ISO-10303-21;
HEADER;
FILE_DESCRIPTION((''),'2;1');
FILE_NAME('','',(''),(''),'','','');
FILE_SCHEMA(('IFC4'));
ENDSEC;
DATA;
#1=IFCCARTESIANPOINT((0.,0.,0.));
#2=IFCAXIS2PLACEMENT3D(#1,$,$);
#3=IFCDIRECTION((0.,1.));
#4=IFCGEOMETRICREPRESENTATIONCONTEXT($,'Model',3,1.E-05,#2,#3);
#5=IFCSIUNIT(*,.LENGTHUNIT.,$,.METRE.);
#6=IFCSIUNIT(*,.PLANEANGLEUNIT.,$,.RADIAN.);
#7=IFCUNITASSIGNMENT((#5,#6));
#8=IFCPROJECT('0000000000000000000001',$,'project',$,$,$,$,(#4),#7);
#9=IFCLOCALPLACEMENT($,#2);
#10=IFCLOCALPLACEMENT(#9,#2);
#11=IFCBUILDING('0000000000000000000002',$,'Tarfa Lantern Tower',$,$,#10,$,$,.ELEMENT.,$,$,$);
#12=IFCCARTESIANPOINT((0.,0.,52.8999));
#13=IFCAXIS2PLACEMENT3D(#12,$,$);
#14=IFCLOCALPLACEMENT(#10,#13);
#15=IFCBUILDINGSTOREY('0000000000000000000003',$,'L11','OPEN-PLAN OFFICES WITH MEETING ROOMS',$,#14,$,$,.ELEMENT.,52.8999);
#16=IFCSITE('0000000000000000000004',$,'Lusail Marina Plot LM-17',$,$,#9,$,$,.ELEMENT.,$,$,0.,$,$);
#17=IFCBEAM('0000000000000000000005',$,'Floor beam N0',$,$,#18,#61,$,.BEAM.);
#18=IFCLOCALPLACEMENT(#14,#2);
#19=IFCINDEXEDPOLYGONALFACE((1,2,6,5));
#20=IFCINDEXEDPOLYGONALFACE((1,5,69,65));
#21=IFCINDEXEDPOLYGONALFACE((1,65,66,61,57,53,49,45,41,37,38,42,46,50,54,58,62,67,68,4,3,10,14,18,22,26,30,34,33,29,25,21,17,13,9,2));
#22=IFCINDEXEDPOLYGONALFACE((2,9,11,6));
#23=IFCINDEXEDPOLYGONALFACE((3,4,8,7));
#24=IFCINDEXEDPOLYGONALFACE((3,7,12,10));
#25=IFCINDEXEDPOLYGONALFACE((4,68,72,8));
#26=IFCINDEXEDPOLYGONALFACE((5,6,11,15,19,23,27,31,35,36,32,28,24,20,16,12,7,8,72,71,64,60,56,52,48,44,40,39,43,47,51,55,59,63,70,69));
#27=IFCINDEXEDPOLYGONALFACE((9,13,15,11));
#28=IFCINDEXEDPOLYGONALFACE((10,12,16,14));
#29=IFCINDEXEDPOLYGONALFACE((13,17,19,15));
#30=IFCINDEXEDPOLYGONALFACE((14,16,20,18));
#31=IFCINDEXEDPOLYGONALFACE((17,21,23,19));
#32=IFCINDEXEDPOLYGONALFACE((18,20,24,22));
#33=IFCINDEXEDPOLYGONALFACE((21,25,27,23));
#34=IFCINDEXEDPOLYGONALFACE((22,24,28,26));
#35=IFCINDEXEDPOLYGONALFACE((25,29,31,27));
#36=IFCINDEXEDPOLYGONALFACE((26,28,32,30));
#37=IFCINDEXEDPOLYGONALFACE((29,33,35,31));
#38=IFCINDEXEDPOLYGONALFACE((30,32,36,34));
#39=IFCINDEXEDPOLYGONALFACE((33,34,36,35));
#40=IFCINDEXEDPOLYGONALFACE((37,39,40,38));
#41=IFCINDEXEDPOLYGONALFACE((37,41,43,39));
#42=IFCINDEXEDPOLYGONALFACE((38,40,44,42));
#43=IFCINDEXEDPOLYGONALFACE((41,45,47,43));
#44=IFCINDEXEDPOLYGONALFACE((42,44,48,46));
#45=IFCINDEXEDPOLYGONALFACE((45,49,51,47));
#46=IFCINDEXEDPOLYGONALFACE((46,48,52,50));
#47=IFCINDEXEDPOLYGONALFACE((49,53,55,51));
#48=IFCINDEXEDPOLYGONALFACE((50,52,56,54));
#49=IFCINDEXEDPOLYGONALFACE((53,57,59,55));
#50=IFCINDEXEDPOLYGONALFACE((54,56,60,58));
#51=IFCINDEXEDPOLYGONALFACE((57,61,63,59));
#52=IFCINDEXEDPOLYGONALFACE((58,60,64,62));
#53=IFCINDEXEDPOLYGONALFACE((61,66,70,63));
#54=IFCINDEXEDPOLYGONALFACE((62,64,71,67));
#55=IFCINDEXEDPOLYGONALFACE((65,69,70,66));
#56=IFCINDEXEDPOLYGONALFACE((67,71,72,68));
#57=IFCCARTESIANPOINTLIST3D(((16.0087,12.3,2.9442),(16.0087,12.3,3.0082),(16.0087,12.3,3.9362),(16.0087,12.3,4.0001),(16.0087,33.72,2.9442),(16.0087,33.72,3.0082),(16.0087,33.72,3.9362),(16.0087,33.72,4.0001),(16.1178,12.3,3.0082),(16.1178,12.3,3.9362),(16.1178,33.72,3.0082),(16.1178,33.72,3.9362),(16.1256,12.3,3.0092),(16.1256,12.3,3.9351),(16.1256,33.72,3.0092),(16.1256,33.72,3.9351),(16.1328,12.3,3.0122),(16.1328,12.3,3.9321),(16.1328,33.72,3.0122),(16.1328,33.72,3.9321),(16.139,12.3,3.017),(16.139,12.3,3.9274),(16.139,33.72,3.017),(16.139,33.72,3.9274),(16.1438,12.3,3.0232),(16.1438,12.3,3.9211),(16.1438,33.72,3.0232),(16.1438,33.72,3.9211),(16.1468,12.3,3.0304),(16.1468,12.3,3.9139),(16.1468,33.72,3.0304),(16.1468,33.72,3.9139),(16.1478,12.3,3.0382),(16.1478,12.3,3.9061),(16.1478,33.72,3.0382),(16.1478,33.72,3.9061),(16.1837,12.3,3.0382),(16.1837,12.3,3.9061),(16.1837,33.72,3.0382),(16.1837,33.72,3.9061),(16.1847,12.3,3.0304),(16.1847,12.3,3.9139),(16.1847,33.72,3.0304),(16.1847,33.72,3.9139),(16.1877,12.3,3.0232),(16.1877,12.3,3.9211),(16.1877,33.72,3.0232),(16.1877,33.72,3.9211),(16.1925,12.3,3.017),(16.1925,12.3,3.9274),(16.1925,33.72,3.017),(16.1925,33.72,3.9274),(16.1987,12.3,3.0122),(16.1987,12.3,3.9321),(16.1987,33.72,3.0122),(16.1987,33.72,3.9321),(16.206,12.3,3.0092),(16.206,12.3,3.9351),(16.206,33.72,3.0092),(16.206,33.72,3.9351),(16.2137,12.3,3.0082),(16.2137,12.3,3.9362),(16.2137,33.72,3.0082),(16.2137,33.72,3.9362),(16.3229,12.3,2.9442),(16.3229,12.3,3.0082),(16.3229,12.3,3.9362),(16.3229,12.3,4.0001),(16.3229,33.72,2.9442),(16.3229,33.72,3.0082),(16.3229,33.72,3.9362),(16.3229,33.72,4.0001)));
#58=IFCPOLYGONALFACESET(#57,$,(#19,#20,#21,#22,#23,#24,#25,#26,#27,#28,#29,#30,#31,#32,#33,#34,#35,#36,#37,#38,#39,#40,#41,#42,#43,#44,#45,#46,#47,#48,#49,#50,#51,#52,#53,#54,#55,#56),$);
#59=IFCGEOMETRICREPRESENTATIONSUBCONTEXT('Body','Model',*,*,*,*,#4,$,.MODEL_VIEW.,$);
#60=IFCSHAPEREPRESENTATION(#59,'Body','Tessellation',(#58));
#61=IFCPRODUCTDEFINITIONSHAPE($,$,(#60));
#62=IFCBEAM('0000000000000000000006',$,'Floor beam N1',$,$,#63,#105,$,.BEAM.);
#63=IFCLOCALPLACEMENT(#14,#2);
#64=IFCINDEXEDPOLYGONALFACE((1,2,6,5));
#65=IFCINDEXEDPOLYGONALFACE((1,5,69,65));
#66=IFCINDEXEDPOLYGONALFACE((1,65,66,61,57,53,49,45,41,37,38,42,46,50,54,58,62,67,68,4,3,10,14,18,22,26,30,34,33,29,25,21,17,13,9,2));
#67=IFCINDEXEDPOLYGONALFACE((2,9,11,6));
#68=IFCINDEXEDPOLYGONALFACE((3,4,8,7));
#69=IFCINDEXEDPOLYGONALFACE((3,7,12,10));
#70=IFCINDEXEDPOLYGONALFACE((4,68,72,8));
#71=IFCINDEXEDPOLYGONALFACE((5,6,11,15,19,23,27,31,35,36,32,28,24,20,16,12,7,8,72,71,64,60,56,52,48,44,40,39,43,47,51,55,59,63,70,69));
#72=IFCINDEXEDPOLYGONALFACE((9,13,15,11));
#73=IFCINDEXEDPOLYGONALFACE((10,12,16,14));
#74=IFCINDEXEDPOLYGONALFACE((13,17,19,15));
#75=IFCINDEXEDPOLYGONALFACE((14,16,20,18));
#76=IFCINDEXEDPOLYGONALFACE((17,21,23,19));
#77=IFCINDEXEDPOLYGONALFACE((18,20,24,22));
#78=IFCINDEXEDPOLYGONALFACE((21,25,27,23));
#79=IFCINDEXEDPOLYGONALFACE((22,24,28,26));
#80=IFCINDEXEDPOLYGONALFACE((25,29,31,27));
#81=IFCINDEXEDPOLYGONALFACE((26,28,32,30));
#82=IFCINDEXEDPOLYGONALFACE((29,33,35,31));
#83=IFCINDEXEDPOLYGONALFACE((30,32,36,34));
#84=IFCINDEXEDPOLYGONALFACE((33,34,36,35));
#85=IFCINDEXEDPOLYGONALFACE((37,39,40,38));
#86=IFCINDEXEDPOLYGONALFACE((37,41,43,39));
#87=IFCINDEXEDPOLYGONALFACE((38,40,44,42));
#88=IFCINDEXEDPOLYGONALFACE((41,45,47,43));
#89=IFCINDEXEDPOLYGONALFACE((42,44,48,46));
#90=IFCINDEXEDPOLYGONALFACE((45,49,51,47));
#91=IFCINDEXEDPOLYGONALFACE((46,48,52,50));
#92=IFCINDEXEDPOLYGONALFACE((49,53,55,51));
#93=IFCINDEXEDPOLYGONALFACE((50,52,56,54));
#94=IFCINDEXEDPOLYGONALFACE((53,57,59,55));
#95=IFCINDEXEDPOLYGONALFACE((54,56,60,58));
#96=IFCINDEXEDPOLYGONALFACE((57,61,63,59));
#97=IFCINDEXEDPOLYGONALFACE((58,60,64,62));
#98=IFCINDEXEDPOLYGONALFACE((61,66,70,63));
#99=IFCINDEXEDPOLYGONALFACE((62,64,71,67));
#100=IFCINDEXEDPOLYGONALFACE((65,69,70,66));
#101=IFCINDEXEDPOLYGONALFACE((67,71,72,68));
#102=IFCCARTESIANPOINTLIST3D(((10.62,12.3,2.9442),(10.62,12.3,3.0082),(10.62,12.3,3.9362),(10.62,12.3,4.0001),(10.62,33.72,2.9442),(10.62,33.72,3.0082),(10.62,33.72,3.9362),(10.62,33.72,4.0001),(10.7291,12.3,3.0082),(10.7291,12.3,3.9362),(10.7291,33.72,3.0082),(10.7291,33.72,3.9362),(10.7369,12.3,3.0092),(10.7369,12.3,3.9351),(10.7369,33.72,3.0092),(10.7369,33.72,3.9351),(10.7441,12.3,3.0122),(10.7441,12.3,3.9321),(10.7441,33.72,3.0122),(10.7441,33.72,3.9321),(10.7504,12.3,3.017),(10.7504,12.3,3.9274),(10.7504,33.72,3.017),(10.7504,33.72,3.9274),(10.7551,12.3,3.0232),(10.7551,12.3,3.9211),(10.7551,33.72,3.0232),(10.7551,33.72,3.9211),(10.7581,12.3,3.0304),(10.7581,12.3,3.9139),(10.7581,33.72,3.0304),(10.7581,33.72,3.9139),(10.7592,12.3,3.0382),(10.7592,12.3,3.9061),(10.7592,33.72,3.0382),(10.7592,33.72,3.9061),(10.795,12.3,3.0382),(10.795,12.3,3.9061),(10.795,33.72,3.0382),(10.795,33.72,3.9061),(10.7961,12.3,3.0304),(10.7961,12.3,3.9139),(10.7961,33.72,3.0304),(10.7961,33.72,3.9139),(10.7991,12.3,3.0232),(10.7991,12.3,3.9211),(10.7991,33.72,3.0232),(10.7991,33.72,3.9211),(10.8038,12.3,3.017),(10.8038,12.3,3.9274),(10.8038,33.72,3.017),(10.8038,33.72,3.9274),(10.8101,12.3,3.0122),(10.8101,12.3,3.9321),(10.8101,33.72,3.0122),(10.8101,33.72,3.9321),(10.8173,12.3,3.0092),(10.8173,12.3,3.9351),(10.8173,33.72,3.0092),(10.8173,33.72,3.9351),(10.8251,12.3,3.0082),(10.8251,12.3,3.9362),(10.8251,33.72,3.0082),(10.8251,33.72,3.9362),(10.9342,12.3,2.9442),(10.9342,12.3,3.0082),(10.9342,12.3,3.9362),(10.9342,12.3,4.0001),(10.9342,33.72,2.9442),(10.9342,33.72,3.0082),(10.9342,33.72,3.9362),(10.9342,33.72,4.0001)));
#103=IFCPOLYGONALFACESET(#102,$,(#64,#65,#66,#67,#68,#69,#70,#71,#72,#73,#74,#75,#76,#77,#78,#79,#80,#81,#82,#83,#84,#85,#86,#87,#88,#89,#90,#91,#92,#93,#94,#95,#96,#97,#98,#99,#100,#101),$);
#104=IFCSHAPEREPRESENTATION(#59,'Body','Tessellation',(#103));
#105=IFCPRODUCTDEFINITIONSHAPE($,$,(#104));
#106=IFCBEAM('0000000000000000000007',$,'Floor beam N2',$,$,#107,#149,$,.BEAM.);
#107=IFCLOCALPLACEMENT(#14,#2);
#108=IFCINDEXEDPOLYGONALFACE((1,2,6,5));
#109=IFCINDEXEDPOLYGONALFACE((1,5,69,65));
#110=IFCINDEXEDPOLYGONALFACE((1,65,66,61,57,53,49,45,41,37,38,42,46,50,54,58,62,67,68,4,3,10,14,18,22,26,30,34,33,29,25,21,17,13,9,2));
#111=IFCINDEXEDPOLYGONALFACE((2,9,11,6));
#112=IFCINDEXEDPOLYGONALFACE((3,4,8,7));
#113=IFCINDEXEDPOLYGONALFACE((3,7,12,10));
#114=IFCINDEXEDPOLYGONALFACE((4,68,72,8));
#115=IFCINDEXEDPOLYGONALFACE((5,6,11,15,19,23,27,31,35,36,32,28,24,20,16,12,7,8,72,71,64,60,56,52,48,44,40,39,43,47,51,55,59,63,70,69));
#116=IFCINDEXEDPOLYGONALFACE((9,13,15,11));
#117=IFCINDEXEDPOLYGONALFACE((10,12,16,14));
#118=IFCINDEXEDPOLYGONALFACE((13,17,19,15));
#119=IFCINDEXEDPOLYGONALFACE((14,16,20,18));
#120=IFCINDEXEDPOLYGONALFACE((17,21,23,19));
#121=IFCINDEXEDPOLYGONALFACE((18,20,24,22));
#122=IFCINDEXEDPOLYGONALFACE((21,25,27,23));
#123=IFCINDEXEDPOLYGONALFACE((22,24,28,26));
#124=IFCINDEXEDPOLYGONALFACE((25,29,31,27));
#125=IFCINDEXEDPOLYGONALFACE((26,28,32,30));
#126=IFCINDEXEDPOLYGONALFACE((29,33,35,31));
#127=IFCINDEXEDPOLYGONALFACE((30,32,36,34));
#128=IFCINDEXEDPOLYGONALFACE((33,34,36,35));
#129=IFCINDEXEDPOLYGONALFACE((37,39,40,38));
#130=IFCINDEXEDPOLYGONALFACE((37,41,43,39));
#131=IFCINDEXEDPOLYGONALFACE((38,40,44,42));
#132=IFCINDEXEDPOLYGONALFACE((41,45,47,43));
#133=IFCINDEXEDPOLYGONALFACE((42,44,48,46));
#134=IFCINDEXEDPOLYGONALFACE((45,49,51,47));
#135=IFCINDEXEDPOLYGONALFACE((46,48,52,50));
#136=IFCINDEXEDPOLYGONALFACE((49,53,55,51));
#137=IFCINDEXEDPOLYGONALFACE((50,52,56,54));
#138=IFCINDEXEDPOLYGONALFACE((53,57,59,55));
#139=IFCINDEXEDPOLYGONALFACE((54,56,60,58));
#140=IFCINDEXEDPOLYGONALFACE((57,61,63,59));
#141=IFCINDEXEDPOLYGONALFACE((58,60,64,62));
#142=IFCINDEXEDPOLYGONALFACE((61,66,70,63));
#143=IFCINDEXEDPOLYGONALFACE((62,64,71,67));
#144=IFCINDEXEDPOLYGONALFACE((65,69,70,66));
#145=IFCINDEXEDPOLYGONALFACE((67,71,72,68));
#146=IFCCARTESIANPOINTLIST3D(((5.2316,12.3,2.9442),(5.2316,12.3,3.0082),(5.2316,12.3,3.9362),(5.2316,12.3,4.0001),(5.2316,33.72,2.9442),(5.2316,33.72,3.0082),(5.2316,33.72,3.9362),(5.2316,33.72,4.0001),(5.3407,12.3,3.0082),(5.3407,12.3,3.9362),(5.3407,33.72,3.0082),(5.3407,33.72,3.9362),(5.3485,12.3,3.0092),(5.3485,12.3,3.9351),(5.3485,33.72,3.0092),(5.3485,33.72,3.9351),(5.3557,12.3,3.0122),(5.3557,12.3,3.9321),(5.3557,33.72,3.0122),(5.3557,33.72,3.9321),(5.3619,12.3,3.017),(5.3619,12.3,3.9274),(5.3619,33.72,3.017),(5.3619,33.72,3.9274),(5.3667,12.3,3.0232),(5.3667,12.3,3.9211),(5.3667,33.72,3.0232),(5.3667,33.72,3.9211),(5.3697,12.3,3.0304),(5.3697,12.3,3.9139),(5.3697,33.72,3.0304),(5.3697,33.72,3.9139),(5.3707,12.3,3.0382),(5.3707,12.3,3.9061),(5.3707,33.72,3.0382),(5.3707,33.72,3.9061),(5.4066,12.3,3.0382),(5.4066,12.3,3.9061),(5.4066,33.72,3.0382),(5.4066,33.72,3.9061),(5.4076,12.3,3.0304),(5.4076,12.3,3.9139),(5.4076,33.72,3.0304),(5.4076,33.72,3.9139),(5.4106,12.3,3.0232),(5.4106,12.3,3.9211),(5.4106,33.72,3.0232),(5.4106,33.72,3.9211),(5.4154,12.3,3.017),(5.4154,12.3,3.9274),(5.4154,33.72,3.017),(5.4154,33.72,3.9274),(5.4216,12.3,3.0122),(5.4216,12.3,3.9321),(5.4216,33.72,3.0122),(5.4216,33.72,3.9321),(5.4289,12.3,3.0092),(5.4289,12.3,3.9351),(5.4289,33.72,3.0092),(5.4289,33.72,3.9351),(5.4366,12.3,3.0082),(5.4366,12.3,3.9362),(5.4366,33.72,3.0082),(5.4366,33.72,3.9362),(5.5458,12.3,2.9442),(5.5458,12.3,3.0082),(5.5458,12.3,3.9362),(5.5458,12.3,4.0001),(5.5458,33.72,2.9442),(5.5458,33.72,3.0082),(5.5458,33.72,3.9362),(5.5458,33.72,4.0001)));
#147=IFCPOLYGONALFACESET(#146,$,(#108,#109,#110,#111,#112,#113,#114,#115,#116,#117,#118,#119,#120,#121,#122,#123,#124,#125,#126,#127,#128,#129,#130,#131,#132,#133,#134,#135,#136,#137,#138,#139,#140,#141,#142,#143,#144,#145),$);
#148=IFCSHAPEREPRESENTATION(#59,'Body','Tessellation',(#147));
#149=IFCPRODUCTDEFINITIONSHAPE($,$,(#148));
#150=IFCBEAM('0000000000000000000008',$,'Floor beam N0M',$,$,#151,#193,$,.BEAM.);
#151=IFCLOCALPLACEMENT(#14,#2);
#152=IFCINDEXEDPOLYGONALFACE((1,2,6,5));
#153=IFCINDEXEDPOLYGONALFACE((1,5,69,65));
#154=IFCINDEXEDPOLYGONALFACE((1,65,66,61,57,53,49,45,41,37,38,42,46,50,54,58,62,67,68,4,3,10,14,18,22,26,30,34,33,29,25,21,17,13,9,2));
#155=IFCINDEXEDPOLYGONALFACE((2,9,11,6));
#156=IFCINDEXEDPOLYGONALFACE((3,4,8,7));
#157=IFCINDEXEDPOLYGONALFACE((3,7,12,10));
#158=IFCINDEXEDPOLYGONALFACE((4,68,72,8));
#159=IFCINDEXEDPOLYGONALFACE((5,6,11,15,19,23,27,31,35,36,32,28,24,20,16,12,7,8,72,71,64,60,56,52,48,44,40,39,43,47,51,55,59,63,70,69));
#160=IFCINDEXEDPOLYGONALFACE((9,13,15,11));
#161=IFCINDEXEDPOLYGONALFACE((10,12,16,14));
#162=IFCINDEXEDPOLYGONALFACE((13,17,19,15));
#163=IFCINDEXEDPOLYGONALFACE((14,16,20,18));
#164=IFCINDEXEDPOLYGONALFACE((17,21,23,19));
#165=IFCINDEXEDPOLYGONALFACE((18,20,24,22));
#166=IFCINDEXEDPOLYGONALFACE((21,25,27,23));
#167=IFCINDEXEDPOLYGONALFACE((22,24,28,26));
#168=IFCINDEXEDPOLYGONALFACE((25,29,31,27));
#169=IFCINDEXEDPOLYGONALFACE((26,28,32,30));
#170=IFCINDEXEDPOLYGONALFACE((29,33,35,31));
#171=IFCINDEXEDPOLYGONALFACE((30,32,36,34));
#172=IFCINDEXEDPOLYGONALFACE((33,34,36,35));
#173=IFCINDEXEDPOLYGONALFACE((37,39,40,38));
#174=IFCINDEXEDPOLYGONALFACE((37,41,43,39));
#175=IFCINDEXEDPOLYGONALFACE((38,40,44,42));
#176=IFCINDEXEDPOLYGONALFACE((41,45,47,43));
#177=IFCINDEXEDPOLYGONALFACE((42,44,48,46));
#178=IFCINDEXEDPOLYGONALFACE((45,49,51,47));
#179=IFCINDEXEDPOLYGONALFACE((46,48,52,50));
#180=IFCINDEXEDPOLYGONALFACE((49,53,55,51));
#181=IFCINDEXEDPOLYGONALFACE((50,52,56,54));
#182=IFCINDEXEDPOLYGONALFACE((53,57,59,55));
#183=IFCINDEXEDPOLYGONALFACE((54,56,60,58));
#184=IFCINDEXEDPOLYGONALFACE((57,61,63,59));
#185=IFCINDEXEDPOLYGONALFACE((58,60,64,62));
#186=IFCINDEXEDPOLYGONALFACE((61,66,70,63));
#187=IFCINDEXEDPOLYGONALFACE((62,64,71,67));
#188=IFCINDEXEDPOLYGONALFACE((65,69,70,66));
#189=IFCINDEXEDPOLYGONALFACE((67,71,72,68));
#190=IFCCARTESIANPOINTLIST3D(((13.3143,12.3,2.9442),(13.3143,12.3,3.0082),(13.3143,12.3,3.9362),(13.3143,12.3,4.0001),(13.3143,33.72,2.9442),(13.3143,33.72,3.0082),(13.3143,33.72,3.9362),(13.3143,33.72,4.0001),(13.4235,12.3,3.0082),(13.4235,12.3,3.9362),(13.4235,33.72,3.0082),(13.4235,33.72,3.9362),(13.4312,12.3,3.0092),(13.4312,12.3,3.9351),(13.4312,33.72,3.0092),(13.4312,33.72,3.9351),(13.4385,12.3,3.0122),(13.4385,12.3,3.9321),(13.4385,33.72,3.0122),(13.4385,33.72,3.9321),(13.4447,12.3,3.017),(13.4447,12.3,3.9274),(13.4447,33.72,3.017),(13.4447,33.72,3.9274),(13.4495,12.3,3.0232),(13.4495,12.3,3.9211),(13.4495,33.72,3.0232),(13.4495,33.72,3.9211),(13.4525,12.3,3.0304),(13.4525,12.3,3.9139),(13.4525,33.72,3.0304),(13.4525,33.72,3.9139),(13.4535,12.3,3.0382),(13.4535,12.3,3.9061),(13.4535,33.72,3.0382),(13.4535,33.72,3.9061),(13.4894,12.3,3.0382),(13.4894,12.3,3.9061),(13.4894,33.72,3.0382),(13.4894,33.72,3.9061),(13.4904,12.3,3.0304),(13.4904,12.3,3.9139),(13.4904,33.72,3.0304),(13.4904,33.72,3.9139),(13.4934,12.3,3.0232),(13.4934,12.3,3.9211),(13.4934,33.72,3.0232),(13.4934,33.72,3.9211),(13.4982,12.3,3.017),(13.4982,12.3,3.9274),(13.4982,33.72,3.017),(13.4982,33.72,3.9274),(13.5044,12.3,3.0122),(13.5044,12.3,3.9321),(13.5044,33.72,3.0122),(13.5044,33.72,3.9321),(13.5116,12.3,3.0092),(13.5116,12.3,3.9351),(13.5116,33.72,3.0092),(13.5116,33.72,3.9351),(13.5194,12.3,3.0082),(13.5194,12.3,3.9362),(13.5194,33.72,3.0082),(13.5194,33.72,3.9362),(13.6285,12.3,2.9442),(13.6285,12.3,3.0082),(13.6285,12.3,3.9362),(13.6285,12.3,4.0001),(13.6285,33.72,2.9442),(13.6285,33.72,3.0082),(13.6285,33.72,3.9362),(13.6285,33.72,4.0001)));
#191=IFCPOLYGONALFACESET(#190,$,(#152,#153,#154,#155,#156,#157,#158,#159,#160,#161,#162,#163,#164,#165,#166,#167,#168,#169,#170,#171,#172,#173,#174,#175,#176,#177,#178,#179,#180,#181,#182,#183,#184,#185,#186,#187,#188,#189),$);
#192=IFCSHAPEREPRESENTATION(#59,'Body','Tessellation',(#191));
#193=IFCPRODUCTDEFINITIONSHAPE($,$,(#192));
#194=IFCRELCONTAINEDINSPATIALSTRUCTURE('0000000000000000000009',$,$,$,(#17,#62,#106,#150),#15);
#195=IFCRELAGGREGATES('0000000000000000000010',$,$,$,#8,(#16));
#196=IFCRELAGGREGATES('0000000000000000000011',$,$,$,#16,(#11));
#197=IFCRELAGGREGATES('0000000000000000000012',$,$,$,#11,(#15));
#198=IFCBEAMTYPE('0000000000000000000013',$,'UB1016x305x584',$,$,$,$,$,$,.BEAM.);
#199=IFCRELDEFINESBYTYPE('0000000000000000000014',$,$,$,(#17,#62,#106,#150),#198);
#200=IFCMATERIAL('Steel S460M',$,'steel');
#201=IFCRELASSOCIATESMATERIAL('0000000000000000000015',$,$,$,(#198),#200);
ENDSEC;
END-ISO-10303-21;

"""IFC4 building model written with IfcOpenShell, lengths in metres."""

from ifc_helpers import new_model, si_unit, direction, frame, origin, origin_2d, place, context, subcontext, project, spatial, i_section, extrude, material, material_profile, profile_set, type_object, element, save


model = new_model("IFC4")

# Units and contexts
model_context = context("Model", 3, precision=1e-05, world=origin(), true_north=direction((0.0, 1.0)))
body_context = subcontext(model_context, "Body", "Model", "MODEL_VIEW")
ifc_project = project(units=[si_unit("LENGTHUNIT", "METRE"), si_unit("PLANEANGLEUNIT", "RADIAN")], contexts=[model_context])

# Site, building, storey
site_placement = place(None, origin())
site = spatial("IfcSite", under=ifc_project, at=site_placement, Name="Lusail Marina Plot LM-17", CompositionType="ELEMENT", RefElevation=0.0)
building_placement = place(site_placement, origin())
building = spatial("IfcBuilding", under=site, at=building_placement, Name="Tarfa Lantern Tower", CompositionType="ELEMENT")
storey_placement = place(building_placement, frame((0.0, 0.0, 52.8999)))
storey = spatial("IfcBuildingStorey", under=building, at=storey_placement, Name="L11", Description="OPEN-PLAN OFFICES WITH MEETING ROOMS", CompositionType="ELEMENT", Elevation=52.8999)

# Beams
ifc_material_1 = material(Name="Steel S460M", Category="steel")
ifc_material_profile_1 = material_profile(ifc_material_1, i_section(OverallWidth=0.3142, OverallDepth=1.0559, WebThickness=0.0359, FlangeThickness=0.064, FilletRadius=0.03, at=origin_2d()), Name="UB1016x305x584")
ifc_profile_set_1 = profile_set([ifc_material_profile_1], Name="Steel S460M")
beam_type_1 = type_object("IfcBeamType", Name="UB1016x305x584", PredefinedType="BEAM", material=ifc_profile_set_1)
for number, where, z_axis, x_axis, name in (
    (1, (16.1658, 33.72, 3.4722), (0.0, -1.0, 0.0), (1.0, 0.0, 0.0), "Floor beam N0"),
    (2, (10.7771, 33.72, 3.4722), (0.0, -1.0, 0.0), (1.0, 0.0, 0.0), "Floor beam N1"),
    (3, (5.3887, 33.72, 3.4722), (0.0, -1.0, 0.0), (1.0, 0.0, 0.0), "Floor beam N2"),
    (4, (13.4714, 33.72, 3.4722), (0.0, -1.0, 0.0), (1.0, 0.0, 0.0), "Floor beam N0M"),
):
    element("IfcBeam", number, at=place(storey_placement, frame(where, z_axis=z_axis, x_axis=x_axis)), inside=storey, type_object=beam_type_1, Name=name, PredefinedType="BEAM", context=body_context, shape_type="SweptSolid", body=[
        extrude(i_section(OverallWidth=0.3142, OverallDepth=1.0559, WebThickness=0.0359, FlangeThickness=0.064, FilletRadius=0.03, at=origin_2d()), origin(), (0.0, 0.0, 1.0), 21.4199),
    ])

save(model, "model.ifc")
